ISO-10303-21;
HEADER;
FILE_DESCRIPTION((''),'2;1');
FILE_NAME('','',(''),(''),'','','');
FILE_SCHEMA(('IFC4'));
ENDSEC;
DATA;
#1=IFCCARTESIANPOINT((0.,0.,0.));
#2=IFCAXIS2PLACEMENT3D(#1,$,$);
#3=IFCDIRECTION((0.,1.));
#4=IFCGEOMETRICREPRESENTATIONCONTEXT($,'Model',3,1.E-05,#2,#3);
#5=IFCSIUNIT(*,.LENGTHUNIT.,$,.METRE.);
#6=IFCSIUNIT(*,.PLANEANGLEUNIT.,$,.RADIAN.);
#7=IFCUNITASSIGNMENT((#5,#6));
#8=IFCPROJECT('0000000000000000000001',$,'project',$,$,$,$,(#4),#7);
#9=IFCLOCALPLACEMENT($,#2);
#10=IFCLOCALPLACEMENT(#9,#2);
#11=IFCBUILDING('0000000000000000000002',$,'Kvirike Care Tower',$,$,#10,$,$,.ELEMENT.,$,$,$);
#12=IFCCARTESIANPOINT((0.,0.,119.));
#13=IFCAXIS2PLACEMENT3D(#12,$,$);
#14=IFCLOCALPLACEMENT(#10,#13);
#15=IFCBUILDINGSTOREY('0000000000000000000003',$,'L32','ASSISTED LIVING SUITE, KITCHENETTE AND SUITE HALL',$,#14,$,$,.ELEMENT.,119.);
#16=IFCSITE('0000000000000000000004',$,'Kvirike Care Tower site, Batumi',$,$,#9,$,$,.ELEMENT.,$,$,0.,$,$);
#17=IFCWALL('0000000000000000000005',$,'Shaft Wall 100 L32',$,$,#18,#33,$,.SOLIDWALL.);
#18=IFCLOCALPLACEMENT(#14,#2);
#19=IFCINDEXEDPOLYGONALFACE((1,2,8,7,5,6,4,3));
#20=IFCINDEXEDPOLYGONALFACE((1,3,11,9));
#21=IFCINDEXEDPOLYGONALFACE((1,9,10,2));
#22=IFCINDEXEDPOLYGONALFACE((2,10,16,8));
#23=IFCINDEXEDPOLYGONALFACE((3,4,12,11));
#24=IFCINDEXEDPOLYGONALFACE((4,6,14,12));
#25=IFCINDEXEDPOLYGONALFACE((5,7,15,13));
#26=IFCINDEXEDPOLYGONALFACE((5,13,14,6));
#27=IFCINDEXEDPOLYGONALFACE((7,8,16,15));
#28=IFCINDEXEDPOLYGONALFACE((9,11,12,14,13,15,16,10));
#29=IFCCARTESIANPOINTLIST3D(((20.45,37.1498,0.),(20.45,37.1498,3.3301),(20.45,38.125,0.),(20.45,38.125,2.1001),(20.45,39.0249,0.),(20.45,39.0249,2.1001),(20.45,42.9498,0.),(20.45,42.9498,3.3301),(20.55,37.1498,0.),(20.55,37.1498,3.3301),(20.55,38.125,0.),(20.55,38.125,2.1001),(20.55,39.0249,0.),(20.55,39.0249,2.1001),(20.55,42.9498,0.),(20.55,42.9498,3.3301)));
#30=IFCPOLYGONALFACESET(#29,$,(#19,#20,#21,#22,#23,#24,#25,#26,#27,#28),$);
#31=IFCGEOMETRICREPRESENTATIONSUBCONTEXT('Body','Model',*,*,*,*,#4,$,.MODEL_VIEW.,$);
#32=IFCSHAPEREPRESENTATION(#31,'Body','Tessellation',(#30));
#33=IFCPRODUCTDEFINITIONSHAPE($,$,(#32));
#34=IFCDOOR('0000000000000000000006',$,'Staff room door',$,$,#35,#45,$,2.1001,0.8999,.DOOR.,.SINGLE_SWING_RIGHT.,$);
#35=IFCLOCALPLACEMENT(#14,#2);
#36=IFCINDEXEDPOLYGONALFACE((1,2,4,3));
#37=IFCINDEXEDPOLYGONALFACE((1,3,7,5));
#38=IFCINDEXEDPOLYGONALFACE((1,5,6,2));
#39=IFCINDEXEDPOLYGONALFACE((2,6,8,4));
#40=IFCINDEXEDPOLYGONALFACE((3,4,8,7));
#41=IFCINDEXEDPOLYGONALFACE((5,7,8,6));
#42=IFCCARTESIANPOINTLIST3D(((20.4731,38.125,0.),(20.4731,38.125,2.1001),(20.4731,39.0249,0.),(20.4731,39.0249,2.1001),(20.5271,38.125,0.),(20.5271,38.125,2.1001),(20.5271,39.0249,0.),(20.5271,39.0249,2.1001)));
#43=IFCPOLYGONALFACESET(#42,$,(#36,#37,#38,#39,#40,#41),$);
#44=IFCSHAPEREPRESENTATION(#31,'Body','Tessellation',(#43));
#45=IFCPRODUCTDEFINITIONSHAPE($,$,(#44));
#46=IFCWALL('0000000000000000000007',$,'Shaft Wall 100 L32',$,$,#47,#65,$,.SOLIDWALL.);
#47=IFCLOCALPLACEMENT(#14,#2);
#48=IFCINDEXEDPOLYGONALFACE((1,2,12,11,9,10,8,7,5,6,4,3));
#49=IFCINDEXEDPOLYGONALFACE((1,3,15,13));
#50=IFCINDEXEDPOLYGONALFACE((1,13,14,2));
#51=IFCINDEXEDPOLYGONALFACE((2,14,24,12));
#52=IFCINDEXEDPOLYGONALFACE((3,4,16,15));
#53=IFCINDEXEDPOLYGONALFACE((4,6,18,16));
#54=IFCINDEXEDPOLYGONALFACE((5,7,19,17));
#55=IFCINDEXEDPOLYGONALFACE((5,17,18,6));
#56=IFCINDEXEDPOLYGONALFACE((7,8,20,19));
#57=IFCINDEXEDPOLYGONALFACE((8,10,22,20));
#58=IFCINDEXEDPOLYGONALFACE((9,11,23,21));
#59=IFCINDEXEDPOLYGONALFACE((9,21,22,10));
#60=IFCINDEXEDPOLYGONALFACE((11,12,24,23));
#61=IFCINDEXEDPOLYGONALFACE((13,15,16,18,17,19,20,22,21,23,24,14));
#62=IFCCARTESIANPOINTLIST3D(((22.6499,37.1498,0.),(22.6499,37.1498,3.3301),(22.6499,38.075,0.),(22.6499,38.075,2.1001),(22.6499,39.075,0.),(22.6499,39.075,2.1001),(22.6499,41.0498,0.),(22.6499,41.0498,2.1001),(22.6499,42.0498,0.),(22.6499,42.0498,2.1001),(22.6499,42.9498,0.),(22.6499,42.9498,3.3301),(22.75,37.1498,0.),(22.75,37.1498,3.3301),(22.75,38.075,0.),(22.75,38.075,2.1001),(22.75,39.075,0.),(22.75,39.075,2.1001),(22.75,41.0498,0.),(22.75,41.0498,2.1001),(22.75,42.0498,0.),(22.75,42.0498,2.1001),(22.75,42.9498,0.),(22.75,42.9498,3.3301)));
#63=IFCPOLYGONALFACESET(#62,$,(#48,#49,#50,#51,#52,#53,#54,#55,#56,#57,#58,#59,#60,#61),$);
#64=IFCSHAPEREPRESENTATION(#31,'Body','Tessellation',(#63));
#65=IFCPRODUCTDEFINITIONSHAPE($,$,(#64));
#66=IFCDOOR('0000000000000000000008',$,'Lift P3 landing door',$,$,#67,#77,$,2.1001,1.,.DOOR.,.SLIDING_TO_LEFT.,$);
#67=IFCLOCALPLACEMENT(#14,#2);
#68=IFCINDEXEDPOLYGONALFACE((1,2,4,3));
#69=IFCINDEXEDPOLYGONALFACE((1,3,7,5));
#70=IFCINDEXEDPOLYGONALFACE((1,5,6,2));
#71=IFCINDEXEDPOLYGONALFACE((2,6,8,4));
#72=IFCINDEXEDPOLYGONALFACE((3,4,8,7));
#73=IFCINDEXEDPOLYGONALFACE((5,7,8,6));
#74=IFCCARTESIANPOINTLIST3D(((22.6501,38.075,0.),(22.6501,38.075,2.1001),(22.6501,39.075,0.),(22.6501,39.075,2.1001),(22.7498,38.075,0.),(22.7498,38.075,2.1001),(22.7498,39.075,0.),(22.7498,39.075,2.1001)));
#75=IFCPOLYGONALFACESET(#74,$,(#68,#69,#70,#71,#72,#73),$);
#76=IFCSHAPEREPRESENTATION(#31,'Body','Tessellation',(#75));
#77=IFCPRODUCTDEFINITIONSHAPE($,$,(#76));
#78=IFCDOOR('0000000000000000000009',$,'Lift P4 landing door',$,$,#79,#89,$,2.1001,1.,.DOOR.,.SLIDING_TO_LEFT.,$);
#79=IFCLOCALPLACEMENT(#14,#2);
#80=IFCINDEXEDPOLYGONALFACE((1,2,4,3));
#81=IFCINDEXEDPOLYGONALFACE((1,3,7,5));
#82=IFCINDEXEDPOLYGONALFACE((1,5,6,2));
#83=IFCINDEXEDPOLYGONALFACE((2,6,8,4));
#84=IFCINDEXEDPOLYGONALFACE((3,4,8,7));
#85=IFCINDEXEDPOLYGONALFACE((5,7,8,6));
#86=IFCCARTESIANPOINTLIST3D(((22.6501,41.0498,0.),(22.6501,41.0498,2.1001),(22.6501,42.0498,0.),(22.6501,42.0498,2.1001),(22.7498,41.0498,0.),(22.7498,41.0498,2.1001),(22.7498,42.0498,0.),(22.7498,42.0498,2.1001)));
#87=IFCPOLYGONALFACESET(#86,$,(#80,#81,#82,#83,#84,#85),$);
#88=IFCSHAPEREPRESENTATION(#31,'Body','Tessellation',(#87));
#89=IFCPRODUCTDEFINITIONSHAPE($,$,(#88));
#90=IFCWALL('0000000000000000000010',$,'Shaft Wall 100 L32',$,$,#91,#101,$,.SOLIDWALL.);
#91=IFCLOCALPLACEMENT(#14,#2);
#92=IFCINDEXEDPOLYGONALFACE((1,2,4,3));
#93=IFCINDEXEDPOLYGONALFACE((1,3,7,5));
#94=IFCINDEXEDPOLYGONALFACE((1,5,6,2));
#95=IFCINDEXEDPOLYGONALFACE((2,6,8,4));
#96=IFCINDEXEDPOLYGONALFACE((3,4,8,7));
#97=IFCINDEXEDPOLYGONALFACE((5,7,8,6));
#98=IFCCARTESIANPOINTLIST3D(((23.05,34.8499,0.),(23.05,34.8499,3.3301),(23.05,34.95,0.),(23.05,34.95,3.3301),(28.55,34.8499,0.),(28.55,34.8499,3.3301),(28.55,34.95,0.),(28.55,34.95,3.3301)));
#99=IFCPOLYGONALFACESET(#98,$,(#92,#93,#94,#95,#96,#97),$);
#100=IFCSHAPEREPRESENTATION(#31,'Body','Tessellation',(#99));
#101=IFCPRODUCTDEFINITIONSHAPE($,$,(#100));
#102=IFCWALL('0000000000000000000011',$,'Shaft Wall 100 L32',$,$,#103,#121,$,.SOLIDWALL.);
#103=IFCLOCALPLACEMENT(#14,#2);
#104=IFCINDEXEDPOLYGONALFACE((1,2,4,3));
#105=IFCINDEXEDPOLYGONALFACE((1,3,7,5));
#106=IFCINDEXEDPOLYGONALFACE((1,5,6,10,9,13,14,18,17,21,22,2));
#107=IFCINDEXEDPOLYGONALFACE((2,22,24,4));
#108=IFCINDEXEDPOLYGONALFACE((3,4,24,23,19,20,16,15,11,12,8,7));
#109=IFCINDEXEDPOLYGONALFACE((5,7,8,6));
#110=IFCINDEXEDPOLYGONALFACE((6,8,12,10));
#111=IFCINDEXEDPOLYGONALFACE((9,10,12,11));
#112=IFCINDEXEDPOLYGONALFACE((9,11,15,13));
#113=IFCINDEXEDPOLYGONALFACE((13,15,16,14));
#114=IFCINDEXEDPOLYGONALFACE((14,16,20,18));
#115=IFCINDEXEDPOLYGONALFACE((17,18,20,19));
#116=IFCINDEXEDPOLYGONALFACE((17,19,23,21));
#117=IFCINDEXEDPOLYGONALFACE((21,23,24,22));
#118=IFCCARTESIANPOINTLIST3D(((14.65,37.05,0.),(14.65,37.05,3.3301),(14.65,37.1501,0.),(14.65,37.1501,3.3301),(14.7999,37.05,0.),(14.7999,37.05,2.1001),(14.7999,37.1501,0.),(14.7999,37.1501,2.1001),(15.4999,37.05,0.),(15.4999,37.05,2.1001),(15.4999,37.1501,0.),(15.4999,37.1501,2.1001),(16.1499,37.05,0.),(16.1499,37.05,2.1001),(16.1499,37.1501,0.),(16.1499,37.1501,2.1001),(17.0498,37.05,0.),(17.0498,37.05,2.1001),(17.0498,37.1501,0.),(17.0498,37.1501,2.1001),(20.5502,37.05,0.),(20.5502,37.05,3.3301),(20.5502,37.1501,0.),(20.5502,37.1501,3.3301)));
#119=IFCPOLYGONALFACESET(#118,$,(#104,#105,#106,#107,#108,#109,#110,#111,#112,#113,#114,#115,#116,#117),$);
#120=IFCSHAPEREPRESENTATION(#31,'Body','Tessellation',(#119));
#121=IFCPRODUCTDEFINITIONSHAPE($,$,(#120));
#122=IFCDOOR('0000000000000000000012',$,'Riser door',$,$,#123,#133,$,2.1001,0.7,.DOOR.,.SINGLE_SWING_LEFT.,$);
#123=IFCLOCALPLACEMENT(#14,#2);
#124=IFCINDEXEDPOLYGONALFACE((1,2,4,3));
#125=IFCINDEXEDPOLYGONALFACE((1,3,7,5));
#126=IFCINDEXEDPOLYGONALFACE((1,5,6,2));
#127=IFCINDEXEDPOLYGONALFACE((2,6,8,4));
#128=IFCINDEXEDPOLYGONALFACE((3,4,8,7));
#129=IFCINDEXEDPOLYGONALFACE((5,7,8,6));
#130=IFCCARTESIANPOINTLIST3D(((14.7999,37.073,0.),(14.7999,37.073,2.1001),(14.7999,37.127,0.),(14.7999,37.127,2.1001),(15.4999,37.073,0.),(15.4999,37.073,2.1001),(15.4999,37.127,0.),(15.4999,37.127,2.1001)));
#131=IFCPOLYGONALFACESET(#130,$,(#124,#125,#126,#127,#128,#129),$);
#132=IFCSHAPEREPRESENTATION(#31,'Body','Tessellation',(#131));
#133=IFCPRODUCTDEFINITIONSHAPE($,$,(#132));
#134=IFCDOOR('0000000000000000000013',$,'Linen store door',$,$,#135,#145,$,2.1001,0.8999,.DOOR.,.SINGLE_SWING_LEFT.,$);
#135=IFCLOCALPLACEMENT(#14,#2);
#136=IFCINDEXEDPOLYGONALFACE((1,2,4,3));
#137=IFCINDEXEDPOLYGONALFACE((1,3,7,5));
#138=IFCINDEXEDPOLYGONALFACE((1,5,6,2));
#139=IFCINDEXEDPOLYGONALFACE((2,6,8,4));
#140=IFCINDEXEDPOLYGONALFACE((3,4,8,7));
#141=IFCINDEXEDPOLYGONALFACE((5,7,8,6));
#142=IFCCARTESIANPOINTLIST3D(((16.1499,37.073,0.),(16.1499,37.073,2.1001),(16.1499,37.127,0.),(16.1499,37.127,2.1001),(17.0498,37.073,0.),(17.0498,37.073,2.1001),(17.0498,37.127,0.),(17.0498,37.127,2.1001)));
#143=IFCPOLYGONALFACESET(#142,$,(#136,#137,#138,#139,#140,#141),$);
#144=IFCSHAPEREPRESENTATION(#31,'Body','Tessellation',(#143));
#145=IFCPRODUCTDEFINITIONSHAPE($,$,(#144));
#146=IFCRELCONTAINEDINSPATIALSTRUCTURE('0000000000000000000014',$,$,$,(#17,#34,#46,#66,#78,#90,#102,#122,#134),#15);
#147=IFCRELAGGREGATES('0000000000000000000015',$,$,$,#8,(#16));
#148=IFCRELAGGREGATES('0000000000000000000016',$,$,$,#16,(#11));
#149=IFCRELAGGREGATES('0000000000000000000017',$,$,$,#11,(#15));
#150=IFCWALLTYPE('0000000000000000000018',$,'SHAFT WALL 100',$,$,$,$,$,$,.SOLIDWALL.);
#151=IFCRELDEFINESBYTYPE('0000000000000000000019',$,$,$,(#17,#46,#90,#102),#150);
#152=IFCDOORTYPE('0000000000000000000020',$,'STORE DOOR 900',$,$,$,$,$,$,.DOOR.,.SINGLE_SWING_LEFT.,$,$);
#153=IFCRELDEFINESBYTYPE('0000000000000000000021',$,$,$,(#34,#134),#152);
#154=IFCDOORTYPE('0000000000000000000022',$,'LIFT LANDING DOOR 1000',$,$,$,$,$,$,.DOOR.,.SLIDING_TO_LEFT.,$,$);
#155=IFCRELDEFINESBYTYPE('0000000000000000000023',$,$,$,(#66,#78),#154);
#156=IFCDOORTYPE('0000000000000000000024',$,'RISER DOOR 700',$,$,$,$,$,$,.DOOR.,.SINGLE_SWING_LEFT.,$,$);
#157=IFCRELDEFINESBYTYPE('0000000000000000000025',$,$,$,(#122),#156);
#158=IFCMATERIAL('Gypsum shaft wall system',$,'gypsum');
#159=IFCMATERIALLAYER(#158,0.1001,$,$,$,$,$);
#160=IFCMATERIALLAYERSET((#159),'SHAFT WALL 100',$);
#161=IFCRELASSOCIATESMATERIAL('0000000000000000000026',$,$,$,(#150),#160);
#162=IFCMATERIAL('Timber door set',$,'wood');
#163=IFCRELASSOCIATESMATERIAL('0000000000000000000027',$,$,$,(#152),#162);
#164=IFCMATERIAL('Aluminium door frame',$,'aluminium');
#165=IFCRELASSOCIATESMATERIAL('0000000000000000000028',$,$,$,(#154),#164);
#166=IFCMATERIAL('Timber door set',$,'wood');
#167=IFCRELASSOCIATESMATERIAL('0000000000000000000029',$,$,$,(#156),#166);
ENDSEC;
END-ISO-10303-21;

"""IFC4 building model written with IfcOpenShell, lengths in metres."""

from ifc_helpers import new_model, si_unit, direction, frame, frame_2d, origin, place, context, subcontext, project, spatial, rectangle, extrude, material, layer, layer_set, type_object, element, fill, save


model = new_model("IFC4")

# Units and contexts
model_context = context("Model", 3, precision=1e-05, world=origin(), true_north=direction((0.0, 1.0)))
body_context = subcontext(model_context, "Body", "Model", "MODEL_VIEW")
ifc_project = project(units=[si_unit("LENGTHUNIT", "METRE"), si_unit("PLANEANGLEUNIT", "RADIAN")], contexts=[model_context])

# Site, building, storey
site_placement = place(None, origin())
site = spatial("IfcSite", under=ifc_project, at=site_placement, Name="Kvirike Care Tower site, Batumi", CompositionType="ELEMENT", RefElevation=0.0)
building_placement = place(site_placement, origin())
building = spatial("IfcBuilding", under=site, at=building_placement, Name="Kvirike Care Tower", CompositionType="ELEMENT")
storey_placement = place(building_placement, frame((0.0, 0.0, 119.0)))
storey = spatial("IfcBuildingStorey", under=building, at=storey_placement, Name="L32", Description="ASSISTED LIVING SUITE, KITCHENETTE AND SUITE HALL", CompositionType="ELEMENT", Elevation=119.0)

# Shared definitions
ifc_material_1 = material(Name="Gypsum shaft wall system", Category="gypsum")
ifc_layer_1 = layer(ifc_material_1, 0.1001)
ifc_layer_set_1 = layer_set([ifc_layer_1], Name="SHAFT WALL 100")
wall_type_1 = type_object("IfcWallType", Name="SHAFT WALL 100", PredefinedType="SOLIDWALL", material=ifc_layer_set_1)

# Wall, opening, door
wall_1_placement = place(storey_placement, frame((20.5, 37.1499, 0.0), z_axis=(0.0, 0.0, 1.0), x_axis=(0.0, 1.0, 0.0)))
wall_1 = element("IfcWall", 1, at=wall_1_placement, inside=storey, type_object=wall_type_1, Name="Shaft Wall 100 L32", PredefinedType="SOLIDWALL", context=body_context, shape_type="SweptSolid", body=[
    extrude(rectangle(XDim=5.8, YDim=0.1001, at=frame_2d((2.8999, 0.0))), origin(), (0.0, 0.0, 1.0), 3.3301),
])
opening_1_placement = place(wall_1_placement, frame((0.9751, 0.0, 0.0)))
opening_1 = element("IfcOpeningElement", 2, at=opening_1_placement, cuts=wall_1, PredefinedType="OPENING", context=body_context, shape_type="SweptSolid", body=[
    extrude(rectangle(XDim=0.8999, YDim=2.1001, at=frame_2d((0.45, 1.05))), frame((0.0, 0.0605, 0.0), z_axis=(0.0, -1.0, 0.0), x_axis=(1.0, 0.0, 0.0)), (0.0, 0.0, 1.0), 0.1211),
])
ifc_material_2 = material(Name="Timber door set", Category="wood")
door_type_1 = type_object("IfcDoorType", Name="STORE DOOR 900", OperationType="SINGLE_SWING_LEFT", PredefinedType="DOOR", material=ifc_material_2)
door_1_placement = place(opening_1_placement, origin())
door_1 = element("IfcDoor", 3, at=door_1_placement, inside=storey, type_object=door_type_1, Name="Staff room door", OperationType="SINGLE_SWING_RIGHT", OverallHeight=2.1001, OverallWidth=0.8999, PredefinedType="DOOR", context=body_context, shape_type="SweptSolid", body=[
    extrude(rectangle(XDim=0.8999, YDim=2.1001, at=frame_2d((0.45, 1.05))), frame((0.0, 0.0269, 0.0), z_axis=(0.0, -1.0, 0.0), x_axis=(1.0, 0.0, 0.0)), (0.0, 0.0, 1.0), 0.054),
])
fill(opening_1, door_1)

# Wall, openings, doors
wall_2_placement = place(storey_placement, frame((22.7, 37.1499, 0.0), z_axis=(0.0, 0.0, 1.0), x_axis=(0.0, 1.0, 0.0)))
wall_2 = element("IfcWall", 4, at=wall_2_placement, inside=storey, type_object=wall_type_1, Name="Shaft Wall 100 L32", PredefinedType="SOLIDWALL", context=body_context, shape_type="SweptSolid", body=[
    extrude(rectangle(XDim=5.8, YDim=0.1001, at=frame_2d((2.8999, 0.0))), origin(), (0.0, 0.0, 1.0), 3.3301),
])
opening_2_placement = place(wall_2_placement, frame((0.925, 0.0, 0.0)))
opening_2 = element("IfcOpeningElement", 5, at=opening_2_placement, cuts=wall_2, PredefinedType="OPENING", context=body_context, shape_type="SweptSolid", body=[
    extrude(rectangle(XDim=1.0, YDim=2.1001, at=frame_2d((0.5, 1.05))), frame((0.0, 0.0605, 0.0), z_axis=(0.0, -1.0, 0.0), x_axis=(1.0, 0.0, 0.0)), (0.0, 0.0, 1.0), 0.1211),
])
opening_3_placement = place(wall_2_placement, frame((3.8999, 0.0, 0.0)))
opening_3 = element("IfcOpeningElement", 6, at=opening_3_placement, cuts=wall_2, PredefinedType="OPENING", context=body_context, shape_type="SweptSolid", body=[
    extrude(rectangle(XDim=1.0, YDim=2.1001, at=frame_2d((0.5, 1.05))), frame((0.0, 0.0605, 0.0), z_axis=(0.0, -1.0, 0.0), x_axis=(1.0, 0.0, 0.0)), (0.0, 0.0, 1.0), 0.1211),
])
ifc_material_3 = material(Name="Aluminium door frame", Category="aluminium")
door_type_2 = type_object("IfcDoorType", Name="LIFT LANDING DOOR 1000", OperationType="SLIDING_TO_LEFT", PredefinedType="DOOR", material=ifc_material_3)
door_2_placement = place(opening_2_placement, origin())
door_2 = element("IfcDoor", 7, at=door_2_placement, inside=storey, type_object=door_type_2, Name="Lift P3 landing door", OperationType="SLIDING_TO_LEFT", OverallHeight=2.1001, OverallWidth=1.0, PredefinedType="DOOR", context=body_context, shape_type="SweptSolid", body=[
    extrude(rectangle(XDim=1.0, YDim=2.1001, at=frame_2d((0.5, 1.05))), frame((0.0, 0.0498, 0.0), z_axis=(0.0, -1.0, 0.0), x_axis=(1.0, 0.0, 0.0)), (0.0, 0.0, 1.0), 0.0996),
])
fill(opening_2, door_2)
door_3_placement = place(opening_3_placement, origin())
door_3 = element("IfcDoor", 8, at=door_3_placement, inside=storey, type_object=door_type_2, Name="Lift P4 landing door", OperationType="SLIDING_TO_LEFT", OverallHeight=2.1001, OverallWidth=1.0, PredefinedType="DOOR", context=body_context, shape_type="SweptSolid", body=[
    extrude(rectangle(XDim=1.0, YDim=2.1001, at=frame_2d((0.5, 1.05))), frame((0.0, 0.0498, 0.0), z_axis=(0.0, -1.0, 0.0), x_axis=(1.0, 0.0, 0.0)), (0.0, 0.0, 1.0), 0.0996),
])
fill(opening_3, door_3)

# Wall
wall_3_placement = place(storey_placement, frame((23.05, 34.8999, 0.0), z_axis=(0.0, 0.0, 1.0), x_axis=(1.0, 0.0, 0.0)))
element("IfcWall", 9, at=wall_3_placement, inside=storey, type_object=wall_type_1, Name="Shaft Wall 100 L32", PredefinedType="SOLIDWALL", context=body_context, shape_type="SweptSolid", body=[
    extrude(rectangle(XDim=5.5, YDim=0.1001, at=frame_2d((2.75, 0.0))), origin(), (0.0, 0.0, 1.0), 3.3301),
])

# Wall, openings, doors
wall_4_placement = place(storey_placement, frame((14.6499, 37.1001, 0.0), z_axis=(0.0, 0.0, 1.0), x_axis=(1.0, 0.0, 0.0)))
wall_4 = element("IfcWall", 10, at=wall_4_placement, inside=storey, type_object=wall_type_1, Name="Shaft Wall 100 L32", PredefinedType="SOLIDWALL", context=body_context, shape_type="SweptSolid", body=[
    extrude(rectangle(XDim=5.9001, YDim=0.1001, at=frame_2d((2.9502, 0.0))), origin(), (0.0, 0.0, 1.0), 3.3301),
])
opening_4_placement = place(wall_4_placement, frame((0.1499, 0.0, 0.0)))
opening_4 = element("IfcOpeningElement", 11, at=opening_4_placement, cuts=wall_4, PredefinedType="OPENING", context=body_context, shape_type="SweptSolid", body=[
    extrude(rectangle(XDim=0.7, YDim=2.1001, at=frame_2d((0.3501, 1.05))), frame((0.0, 0.0605, 0.0), z_axis=(0.0, -1.0, 0.0), x_axis=(1.0, 0.0, 0.0)), (0.0, 0.0, 1.0), 0.1211),
])
opening_5_placement = place(wall_4_placement, frame((1.5, 0.0, 0.0)))
opening_5 = element("IfcOpeningElement", 12, at=opening_5_placement, cuts=wall_4, PredefinedType="OPENING", context=body_context, shape_type="SweptSolid", body=[
    extrude(rectangle(XDim=0.8999, YDim=2.1001, at=frame_2d((0.45, 1.05))), frame((0.0, 0.0605, 0.0), z_axis=(0.0, -1.0, 0.0), x_axis=(1.0, 0.0, 0.0)), (0.0, 0.0, 1.0), 0.1211),
])
ifc_material_4 = material(Name="Timber door set", Category="wood")
door_type_3 = type_object("IfcDoorType", Name="RISER DOOR 700", OperationType="SINGLE_SWING_LEFT", PredefinedType="DOOR", material=ifc_material_4)
door_4_placement = place(opening_4_placement, origin())
door_4 = element("IfcDoor", 13, at=door_4_placement, inside=storey, type_object=door_type_3, Name="Riser door", OperationType="SINGLE_SWING_LEFT", OverallHeight=2.1001, OverallWidth=0.7, PredefinedType="DOOR", context=body_context, shape_type="SweptSolid", body=[
    extrude(rectangle(XDim=0.7, YDim=2.1001, at=frame_2d((0.3501, 1.05))), frame((0.0, 0.0269, 0.0), z_axis=(0.0, -1.0, 0.0), x_axis=(1.0, 0.0, 0.0)), (0.0, 0.0, 1.0), 0.054),
])
fill(opening_4, door_4)
door_5_placement = place(opening_5_placement, origin())
door_5 = element("IfcDoor", 14, at=door_5_placement, inside=storey, type_object=door_type_1, Name="Linen store door", OperationType="SINGLE_SWING_LEFT", OverallHeight=2.1001, OverallWidth=0.8999, PredefinedType="DOOR", context=body_context, shape_type="SweptSolid", body=[
    extrude(rectangle(XDim=0.8999, YDim=2.1001, at=frame_2d((0.45, 1.05))), frame((0.0, 0.0269, 0.0), z_axis=(0.0, -1.0, 0.0), x_axis=(1.0, 0.0, 0.0)), (0.0, 0.0, 1.0), 0.054),
])
fill(opening_5, door_5)

save(model, "model.ifc")
